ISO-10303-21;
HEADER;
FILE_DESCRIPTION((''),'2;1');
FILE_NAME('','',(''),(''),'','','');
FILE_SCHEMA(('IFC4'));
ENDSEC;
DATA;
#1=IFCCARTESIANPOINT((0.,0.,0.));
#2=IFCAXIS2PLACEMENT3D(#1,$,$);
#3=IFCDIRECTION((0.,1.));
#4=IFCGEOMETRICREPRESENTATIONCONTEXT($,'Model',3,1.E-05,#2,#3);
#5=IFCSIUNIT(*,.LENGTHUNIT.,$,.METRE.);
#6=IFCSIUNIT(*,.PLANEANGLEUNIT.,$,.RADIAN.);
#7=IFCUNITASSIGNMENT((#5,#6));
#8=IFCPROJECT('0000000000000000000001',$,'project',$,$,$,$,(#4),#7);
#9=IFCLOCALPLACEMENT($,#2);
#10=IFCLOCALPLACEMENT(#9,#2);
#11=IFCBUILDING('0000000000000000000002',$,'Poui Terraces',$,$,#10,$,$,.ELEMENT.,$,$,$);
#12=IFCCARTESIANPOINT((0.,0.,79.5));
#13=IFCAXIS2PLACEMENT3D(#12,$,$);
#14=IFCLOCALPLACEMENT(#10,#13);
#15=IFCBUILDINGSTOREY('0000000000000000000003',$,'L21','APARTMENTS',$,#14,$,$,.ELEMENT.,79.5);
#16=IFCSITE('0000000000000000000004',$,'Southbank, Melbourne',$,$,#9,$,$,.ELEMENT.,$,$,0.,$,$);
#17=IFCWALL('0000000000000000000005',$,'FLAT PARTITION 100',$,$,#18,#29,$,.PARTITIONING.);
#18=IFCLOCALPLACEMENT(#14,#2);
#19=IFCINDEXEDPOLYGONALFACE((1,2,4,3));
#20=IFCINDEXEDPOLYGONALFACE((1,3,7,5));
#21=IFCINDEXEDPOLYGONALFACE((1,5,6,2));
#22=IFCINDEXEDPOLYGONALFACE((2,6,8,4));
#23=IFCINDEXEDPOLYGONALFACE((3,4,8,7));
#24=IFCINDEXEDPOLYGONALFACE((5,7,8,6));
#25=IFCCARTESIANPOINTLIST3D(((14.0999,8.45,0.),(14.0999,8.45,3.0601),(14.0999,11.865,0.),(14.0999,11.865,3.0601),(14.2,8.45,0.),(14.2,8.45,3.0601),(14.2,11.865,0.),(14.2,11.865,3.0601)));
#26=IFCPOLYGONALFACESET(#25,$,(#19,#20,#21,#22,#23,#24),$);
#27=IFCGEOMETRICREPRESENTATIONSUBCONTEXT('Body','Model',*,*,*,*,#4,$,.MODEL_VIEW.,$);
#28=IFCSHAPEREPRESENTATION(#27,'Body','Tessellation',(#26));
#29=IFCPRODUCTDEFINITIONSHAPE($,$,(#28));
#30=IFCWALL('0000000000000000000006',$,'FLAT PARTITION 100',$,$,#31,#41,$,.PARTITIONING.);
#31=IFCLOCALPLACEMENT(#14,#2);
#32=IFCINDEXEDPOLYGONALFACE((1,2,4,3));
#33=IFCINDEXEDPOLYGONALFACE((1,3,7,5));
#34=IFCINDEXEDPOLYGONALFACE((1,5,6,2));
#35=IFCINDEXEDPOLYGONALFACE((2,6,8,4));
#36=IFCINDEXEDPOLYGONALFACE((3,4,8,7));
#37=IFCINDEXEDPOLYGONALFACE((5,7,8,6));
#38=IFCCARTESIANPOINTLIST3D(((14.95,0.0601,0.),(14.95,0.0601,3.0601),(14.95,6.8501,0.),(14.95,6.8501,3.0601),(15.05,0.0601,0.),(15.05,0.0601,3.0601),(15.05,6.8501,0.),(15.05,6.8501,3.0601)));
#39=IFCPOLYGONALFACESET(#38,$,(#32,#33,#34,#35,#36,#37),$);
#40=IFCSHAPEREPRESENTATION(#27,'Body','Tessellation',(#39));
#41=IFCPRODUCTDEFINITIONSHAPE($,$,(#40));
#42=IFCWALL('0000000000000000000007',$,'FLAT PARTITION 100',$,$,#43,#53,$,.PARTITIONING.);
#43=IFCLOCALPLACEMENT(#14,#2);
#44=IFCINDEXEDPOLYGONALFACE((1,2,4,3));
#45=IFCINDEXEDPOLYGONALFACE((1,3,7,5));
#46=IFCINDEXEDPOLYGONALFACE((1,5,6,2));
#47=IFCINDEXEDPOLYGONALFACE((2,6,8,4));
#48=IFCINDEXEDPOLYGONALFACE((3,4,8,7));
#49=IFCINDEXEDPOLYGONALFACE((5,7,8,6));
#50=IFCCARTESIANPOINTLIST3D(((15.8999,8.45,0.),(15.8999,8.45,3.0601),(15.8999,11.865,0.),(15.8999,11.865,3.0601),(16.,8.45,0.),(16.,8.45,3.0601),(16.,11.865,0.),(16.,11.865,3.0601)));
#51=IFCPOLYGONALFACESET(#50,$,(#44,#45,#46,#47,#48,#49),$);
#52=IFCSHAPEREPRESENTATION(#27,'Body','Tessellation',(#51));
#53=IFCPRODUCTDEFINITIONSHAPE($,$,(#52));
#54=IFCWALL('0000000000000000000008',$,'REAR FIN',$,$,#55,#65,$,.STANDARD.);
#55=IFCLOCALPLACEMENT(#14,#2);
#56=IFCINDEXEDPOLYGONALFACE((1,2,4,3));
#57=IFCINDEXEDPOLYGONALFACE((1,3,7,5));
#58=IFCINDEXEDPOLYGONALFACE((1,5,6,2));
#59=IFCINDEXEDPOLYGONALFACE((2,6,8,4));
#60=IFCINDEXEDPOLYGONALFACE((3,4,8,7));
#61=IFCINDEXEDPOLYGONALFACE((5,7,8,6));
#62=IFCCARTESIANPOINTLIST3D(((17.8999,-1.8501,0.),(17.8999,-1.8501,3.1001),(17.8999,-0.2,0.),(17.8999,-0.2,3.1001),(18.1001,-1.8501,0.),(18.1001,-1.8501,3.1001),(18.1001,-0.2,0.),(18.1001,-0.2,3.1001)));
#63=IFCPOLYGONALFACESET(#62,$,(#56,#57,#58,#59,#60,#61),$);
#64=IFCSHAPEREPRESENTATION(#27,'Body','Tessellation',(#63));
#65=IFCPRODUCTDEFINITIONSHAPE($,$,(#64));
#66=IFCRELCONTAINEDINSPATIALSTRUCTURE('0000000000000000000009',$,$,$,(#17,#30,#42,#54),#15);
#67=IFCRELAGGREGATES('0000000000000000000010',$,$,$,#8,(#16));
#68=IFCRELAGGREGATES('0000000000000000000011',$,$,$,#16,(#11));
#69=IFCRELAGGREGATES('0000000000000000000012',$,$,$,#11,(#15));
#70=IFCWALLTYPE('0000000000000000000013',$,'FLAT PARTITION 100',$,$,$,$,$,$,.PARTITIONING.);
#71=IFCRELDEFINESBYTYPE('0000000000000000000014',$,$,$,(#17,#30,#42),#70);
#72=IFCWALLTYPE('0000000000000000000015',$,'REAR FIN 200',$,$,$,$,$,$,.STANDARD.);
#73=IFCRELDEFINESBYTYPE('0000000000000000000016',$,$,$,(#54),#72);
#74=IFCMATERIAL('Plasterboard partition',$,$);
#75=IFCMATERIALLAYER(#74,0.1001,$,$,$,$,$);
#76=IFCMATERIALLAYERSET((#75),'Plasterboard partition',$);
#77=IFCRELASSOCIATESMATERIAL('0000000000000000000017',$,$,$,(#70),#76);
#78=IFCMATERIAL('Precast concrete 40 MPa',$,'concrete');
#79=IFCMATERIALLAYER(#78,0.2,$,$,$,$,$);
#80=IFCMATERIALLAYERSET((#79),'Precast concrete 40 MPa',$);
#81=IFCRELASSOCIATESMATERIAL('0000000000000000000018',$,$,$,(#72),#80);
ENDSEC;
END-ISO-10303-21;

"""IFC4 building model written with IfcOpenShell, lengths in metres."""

from ifc_helpers import new_model, si_unit, direction, frame, frame_2d, origin, place, context, subcontext, project, spatial, polyline, rectangle, outline, extrude, source, transform, mapped, material, layer, layer_set, type_object, element, save


model = new_model("IFC4")

# Units and contexts
model_context = context("Model", 3, precision=1e-05, world=origin(), true_north=direction((0.0, 1.0)))
body_context = subcontext(model_context, "Body", "Model", "MODEL_VIEW")
ifc_project = project(units=[si_unit("LENGTHUNIT", "METRE"), si_unit("PLANEANGLEUNIT", "RADIAN")], contexts=[model_context])

# Site, building, storey
site_placement = place(None, origin())
site = spatial("IfcSite", under=ifc_project, at=site_placement, Name="Southbank, Melbourne", CompositionType="ELEMENT", RefElevation=0.0)
building_placement = place(site_placement, origin())
building = spatial("IfcBuilding", under=site, at=building_placement, Name="Poui Terraces", CompositionType="ELEMENT")
storey_placement = place(building_placement, frame((0.0, 0.0, 79.5)))
storey = spatial("IfcBuildingStorey", under=building, at=storey_placement, Name="L21", Description="APARTMENTS", CompositionType="ELEMENT", Elevation=79.5)

# Shared definitions
ifc_material_1 = material(Name="Plasterboard partition")
ifc_layer_1 = layer(ifc_material_1, 0.1001)
ifc_layer_set_1 = layer_set([ifc_layer_1], Name="Plasterboard partition")
wall_type_1 = type_object("IfcWallType", Name="FLAT PARTITION 100", PredefinedType="PARTITIONING", material=ifc_layer_set_1)

# Walls
wall_1_placement = place(storey_placement, frame((14.1499, 8.45, 0.0), z_axis=(0.0, 0.0, 1.0), x_axis=(0.0, 1.0, 0.0)))
element("IfcWall", 1, at=wall_1_placement, inside=storey, type_object=wall_type_1, Name="FLAT PARTITION 100", PredefinedType="PARTITIONING", context=body_context, shape_type="SweptSolid", body=[
    extrude(rectangle(XDim=3.415, YDim=0.1001, at=frame_2d((1.7075, 0.0))), origin(), (0.0, 0.0, 1.0), 3.0601),
])
wall_2_placement = place(storey_placement, frame((15.0, 0.0601, 0.0), z_axis=(0.0, 0.0, 1.0), x_axis=(0.0, 1.0, 0.0)))
element("IfcWall", 2, at=wall_2_placement, inside=storey, type_object=wall_type_1, Name="FLAT PARTITION 100", PredefinedType="PARTITIONING", context=body_context, shape_type="SweptSolid", body=[
    extrude(rectangle(XDim=6.79, YDim=0.1001, at=frame_2d((3.395, 0.0))), origin(), (0.0, 0.0, 1.0), 3.0601),
])
wall_3_placement = place(storey_placement, frame((15.95, 8.45, 0.0), z_axis=(0.0, 0.0, 1.0), x_axis=(0.0, 1.0, 0.0)))
element("IfcWall", 3, at=wall_3_placement, inside=storey, type_object=wall_type_1, Name="FLAT PARTITION 100", PredefinedType="PARTITIONING", context=body_context, shape_type="SweptSolid", body=[
    extrude(rectangle(XDim=3.415, YDim=0.1001, at=frame_2d((1.7075, 0.0))), origin(), (0.0, 0.0, 1.0), 3.0601),
])
ifc_material_2 = material(Name="Precast concrete 40 MPa", Category="concrete")
ifc_layer_2 = layer(ifc_material_2, 0.2)
ifc_layer_set_2 = layer_set([ifc_layer_2], Name="Precast concrete 40 MPa")
wall_type_2 = type_object("IfcWallType", Name="REAR FIN 200", PredefinedType="STANDARD", material=ifc_layer_set_2)
shared_shape_1 = source(origin(), body_context, "Body", "SweptSolid", [
    extrude(outline(polyline([(0.0, 0.0), (0.2002, 0.0), (0.2002, 1.6501), (0.0, 1.6501), (0.0, 0.0)])), origin(), (0.0, 0.0, 1.0), 3.1001),
])
wall_4_placement = place(storey_placement, frame((17.8999, -1.8501, 0.0)))
element("IfcWall", 4, at=wall_4_placement, inside=storey, type_object=wall_type_2, Name="REAR FIN", PredefinedType="STANDARD", context=body_context, shape_type="MappedRepresentation", body=[
    mapped(shared_shape_1, transform((0.0, 0.0, 0.0))),
])

save(model, "model.ifc")
